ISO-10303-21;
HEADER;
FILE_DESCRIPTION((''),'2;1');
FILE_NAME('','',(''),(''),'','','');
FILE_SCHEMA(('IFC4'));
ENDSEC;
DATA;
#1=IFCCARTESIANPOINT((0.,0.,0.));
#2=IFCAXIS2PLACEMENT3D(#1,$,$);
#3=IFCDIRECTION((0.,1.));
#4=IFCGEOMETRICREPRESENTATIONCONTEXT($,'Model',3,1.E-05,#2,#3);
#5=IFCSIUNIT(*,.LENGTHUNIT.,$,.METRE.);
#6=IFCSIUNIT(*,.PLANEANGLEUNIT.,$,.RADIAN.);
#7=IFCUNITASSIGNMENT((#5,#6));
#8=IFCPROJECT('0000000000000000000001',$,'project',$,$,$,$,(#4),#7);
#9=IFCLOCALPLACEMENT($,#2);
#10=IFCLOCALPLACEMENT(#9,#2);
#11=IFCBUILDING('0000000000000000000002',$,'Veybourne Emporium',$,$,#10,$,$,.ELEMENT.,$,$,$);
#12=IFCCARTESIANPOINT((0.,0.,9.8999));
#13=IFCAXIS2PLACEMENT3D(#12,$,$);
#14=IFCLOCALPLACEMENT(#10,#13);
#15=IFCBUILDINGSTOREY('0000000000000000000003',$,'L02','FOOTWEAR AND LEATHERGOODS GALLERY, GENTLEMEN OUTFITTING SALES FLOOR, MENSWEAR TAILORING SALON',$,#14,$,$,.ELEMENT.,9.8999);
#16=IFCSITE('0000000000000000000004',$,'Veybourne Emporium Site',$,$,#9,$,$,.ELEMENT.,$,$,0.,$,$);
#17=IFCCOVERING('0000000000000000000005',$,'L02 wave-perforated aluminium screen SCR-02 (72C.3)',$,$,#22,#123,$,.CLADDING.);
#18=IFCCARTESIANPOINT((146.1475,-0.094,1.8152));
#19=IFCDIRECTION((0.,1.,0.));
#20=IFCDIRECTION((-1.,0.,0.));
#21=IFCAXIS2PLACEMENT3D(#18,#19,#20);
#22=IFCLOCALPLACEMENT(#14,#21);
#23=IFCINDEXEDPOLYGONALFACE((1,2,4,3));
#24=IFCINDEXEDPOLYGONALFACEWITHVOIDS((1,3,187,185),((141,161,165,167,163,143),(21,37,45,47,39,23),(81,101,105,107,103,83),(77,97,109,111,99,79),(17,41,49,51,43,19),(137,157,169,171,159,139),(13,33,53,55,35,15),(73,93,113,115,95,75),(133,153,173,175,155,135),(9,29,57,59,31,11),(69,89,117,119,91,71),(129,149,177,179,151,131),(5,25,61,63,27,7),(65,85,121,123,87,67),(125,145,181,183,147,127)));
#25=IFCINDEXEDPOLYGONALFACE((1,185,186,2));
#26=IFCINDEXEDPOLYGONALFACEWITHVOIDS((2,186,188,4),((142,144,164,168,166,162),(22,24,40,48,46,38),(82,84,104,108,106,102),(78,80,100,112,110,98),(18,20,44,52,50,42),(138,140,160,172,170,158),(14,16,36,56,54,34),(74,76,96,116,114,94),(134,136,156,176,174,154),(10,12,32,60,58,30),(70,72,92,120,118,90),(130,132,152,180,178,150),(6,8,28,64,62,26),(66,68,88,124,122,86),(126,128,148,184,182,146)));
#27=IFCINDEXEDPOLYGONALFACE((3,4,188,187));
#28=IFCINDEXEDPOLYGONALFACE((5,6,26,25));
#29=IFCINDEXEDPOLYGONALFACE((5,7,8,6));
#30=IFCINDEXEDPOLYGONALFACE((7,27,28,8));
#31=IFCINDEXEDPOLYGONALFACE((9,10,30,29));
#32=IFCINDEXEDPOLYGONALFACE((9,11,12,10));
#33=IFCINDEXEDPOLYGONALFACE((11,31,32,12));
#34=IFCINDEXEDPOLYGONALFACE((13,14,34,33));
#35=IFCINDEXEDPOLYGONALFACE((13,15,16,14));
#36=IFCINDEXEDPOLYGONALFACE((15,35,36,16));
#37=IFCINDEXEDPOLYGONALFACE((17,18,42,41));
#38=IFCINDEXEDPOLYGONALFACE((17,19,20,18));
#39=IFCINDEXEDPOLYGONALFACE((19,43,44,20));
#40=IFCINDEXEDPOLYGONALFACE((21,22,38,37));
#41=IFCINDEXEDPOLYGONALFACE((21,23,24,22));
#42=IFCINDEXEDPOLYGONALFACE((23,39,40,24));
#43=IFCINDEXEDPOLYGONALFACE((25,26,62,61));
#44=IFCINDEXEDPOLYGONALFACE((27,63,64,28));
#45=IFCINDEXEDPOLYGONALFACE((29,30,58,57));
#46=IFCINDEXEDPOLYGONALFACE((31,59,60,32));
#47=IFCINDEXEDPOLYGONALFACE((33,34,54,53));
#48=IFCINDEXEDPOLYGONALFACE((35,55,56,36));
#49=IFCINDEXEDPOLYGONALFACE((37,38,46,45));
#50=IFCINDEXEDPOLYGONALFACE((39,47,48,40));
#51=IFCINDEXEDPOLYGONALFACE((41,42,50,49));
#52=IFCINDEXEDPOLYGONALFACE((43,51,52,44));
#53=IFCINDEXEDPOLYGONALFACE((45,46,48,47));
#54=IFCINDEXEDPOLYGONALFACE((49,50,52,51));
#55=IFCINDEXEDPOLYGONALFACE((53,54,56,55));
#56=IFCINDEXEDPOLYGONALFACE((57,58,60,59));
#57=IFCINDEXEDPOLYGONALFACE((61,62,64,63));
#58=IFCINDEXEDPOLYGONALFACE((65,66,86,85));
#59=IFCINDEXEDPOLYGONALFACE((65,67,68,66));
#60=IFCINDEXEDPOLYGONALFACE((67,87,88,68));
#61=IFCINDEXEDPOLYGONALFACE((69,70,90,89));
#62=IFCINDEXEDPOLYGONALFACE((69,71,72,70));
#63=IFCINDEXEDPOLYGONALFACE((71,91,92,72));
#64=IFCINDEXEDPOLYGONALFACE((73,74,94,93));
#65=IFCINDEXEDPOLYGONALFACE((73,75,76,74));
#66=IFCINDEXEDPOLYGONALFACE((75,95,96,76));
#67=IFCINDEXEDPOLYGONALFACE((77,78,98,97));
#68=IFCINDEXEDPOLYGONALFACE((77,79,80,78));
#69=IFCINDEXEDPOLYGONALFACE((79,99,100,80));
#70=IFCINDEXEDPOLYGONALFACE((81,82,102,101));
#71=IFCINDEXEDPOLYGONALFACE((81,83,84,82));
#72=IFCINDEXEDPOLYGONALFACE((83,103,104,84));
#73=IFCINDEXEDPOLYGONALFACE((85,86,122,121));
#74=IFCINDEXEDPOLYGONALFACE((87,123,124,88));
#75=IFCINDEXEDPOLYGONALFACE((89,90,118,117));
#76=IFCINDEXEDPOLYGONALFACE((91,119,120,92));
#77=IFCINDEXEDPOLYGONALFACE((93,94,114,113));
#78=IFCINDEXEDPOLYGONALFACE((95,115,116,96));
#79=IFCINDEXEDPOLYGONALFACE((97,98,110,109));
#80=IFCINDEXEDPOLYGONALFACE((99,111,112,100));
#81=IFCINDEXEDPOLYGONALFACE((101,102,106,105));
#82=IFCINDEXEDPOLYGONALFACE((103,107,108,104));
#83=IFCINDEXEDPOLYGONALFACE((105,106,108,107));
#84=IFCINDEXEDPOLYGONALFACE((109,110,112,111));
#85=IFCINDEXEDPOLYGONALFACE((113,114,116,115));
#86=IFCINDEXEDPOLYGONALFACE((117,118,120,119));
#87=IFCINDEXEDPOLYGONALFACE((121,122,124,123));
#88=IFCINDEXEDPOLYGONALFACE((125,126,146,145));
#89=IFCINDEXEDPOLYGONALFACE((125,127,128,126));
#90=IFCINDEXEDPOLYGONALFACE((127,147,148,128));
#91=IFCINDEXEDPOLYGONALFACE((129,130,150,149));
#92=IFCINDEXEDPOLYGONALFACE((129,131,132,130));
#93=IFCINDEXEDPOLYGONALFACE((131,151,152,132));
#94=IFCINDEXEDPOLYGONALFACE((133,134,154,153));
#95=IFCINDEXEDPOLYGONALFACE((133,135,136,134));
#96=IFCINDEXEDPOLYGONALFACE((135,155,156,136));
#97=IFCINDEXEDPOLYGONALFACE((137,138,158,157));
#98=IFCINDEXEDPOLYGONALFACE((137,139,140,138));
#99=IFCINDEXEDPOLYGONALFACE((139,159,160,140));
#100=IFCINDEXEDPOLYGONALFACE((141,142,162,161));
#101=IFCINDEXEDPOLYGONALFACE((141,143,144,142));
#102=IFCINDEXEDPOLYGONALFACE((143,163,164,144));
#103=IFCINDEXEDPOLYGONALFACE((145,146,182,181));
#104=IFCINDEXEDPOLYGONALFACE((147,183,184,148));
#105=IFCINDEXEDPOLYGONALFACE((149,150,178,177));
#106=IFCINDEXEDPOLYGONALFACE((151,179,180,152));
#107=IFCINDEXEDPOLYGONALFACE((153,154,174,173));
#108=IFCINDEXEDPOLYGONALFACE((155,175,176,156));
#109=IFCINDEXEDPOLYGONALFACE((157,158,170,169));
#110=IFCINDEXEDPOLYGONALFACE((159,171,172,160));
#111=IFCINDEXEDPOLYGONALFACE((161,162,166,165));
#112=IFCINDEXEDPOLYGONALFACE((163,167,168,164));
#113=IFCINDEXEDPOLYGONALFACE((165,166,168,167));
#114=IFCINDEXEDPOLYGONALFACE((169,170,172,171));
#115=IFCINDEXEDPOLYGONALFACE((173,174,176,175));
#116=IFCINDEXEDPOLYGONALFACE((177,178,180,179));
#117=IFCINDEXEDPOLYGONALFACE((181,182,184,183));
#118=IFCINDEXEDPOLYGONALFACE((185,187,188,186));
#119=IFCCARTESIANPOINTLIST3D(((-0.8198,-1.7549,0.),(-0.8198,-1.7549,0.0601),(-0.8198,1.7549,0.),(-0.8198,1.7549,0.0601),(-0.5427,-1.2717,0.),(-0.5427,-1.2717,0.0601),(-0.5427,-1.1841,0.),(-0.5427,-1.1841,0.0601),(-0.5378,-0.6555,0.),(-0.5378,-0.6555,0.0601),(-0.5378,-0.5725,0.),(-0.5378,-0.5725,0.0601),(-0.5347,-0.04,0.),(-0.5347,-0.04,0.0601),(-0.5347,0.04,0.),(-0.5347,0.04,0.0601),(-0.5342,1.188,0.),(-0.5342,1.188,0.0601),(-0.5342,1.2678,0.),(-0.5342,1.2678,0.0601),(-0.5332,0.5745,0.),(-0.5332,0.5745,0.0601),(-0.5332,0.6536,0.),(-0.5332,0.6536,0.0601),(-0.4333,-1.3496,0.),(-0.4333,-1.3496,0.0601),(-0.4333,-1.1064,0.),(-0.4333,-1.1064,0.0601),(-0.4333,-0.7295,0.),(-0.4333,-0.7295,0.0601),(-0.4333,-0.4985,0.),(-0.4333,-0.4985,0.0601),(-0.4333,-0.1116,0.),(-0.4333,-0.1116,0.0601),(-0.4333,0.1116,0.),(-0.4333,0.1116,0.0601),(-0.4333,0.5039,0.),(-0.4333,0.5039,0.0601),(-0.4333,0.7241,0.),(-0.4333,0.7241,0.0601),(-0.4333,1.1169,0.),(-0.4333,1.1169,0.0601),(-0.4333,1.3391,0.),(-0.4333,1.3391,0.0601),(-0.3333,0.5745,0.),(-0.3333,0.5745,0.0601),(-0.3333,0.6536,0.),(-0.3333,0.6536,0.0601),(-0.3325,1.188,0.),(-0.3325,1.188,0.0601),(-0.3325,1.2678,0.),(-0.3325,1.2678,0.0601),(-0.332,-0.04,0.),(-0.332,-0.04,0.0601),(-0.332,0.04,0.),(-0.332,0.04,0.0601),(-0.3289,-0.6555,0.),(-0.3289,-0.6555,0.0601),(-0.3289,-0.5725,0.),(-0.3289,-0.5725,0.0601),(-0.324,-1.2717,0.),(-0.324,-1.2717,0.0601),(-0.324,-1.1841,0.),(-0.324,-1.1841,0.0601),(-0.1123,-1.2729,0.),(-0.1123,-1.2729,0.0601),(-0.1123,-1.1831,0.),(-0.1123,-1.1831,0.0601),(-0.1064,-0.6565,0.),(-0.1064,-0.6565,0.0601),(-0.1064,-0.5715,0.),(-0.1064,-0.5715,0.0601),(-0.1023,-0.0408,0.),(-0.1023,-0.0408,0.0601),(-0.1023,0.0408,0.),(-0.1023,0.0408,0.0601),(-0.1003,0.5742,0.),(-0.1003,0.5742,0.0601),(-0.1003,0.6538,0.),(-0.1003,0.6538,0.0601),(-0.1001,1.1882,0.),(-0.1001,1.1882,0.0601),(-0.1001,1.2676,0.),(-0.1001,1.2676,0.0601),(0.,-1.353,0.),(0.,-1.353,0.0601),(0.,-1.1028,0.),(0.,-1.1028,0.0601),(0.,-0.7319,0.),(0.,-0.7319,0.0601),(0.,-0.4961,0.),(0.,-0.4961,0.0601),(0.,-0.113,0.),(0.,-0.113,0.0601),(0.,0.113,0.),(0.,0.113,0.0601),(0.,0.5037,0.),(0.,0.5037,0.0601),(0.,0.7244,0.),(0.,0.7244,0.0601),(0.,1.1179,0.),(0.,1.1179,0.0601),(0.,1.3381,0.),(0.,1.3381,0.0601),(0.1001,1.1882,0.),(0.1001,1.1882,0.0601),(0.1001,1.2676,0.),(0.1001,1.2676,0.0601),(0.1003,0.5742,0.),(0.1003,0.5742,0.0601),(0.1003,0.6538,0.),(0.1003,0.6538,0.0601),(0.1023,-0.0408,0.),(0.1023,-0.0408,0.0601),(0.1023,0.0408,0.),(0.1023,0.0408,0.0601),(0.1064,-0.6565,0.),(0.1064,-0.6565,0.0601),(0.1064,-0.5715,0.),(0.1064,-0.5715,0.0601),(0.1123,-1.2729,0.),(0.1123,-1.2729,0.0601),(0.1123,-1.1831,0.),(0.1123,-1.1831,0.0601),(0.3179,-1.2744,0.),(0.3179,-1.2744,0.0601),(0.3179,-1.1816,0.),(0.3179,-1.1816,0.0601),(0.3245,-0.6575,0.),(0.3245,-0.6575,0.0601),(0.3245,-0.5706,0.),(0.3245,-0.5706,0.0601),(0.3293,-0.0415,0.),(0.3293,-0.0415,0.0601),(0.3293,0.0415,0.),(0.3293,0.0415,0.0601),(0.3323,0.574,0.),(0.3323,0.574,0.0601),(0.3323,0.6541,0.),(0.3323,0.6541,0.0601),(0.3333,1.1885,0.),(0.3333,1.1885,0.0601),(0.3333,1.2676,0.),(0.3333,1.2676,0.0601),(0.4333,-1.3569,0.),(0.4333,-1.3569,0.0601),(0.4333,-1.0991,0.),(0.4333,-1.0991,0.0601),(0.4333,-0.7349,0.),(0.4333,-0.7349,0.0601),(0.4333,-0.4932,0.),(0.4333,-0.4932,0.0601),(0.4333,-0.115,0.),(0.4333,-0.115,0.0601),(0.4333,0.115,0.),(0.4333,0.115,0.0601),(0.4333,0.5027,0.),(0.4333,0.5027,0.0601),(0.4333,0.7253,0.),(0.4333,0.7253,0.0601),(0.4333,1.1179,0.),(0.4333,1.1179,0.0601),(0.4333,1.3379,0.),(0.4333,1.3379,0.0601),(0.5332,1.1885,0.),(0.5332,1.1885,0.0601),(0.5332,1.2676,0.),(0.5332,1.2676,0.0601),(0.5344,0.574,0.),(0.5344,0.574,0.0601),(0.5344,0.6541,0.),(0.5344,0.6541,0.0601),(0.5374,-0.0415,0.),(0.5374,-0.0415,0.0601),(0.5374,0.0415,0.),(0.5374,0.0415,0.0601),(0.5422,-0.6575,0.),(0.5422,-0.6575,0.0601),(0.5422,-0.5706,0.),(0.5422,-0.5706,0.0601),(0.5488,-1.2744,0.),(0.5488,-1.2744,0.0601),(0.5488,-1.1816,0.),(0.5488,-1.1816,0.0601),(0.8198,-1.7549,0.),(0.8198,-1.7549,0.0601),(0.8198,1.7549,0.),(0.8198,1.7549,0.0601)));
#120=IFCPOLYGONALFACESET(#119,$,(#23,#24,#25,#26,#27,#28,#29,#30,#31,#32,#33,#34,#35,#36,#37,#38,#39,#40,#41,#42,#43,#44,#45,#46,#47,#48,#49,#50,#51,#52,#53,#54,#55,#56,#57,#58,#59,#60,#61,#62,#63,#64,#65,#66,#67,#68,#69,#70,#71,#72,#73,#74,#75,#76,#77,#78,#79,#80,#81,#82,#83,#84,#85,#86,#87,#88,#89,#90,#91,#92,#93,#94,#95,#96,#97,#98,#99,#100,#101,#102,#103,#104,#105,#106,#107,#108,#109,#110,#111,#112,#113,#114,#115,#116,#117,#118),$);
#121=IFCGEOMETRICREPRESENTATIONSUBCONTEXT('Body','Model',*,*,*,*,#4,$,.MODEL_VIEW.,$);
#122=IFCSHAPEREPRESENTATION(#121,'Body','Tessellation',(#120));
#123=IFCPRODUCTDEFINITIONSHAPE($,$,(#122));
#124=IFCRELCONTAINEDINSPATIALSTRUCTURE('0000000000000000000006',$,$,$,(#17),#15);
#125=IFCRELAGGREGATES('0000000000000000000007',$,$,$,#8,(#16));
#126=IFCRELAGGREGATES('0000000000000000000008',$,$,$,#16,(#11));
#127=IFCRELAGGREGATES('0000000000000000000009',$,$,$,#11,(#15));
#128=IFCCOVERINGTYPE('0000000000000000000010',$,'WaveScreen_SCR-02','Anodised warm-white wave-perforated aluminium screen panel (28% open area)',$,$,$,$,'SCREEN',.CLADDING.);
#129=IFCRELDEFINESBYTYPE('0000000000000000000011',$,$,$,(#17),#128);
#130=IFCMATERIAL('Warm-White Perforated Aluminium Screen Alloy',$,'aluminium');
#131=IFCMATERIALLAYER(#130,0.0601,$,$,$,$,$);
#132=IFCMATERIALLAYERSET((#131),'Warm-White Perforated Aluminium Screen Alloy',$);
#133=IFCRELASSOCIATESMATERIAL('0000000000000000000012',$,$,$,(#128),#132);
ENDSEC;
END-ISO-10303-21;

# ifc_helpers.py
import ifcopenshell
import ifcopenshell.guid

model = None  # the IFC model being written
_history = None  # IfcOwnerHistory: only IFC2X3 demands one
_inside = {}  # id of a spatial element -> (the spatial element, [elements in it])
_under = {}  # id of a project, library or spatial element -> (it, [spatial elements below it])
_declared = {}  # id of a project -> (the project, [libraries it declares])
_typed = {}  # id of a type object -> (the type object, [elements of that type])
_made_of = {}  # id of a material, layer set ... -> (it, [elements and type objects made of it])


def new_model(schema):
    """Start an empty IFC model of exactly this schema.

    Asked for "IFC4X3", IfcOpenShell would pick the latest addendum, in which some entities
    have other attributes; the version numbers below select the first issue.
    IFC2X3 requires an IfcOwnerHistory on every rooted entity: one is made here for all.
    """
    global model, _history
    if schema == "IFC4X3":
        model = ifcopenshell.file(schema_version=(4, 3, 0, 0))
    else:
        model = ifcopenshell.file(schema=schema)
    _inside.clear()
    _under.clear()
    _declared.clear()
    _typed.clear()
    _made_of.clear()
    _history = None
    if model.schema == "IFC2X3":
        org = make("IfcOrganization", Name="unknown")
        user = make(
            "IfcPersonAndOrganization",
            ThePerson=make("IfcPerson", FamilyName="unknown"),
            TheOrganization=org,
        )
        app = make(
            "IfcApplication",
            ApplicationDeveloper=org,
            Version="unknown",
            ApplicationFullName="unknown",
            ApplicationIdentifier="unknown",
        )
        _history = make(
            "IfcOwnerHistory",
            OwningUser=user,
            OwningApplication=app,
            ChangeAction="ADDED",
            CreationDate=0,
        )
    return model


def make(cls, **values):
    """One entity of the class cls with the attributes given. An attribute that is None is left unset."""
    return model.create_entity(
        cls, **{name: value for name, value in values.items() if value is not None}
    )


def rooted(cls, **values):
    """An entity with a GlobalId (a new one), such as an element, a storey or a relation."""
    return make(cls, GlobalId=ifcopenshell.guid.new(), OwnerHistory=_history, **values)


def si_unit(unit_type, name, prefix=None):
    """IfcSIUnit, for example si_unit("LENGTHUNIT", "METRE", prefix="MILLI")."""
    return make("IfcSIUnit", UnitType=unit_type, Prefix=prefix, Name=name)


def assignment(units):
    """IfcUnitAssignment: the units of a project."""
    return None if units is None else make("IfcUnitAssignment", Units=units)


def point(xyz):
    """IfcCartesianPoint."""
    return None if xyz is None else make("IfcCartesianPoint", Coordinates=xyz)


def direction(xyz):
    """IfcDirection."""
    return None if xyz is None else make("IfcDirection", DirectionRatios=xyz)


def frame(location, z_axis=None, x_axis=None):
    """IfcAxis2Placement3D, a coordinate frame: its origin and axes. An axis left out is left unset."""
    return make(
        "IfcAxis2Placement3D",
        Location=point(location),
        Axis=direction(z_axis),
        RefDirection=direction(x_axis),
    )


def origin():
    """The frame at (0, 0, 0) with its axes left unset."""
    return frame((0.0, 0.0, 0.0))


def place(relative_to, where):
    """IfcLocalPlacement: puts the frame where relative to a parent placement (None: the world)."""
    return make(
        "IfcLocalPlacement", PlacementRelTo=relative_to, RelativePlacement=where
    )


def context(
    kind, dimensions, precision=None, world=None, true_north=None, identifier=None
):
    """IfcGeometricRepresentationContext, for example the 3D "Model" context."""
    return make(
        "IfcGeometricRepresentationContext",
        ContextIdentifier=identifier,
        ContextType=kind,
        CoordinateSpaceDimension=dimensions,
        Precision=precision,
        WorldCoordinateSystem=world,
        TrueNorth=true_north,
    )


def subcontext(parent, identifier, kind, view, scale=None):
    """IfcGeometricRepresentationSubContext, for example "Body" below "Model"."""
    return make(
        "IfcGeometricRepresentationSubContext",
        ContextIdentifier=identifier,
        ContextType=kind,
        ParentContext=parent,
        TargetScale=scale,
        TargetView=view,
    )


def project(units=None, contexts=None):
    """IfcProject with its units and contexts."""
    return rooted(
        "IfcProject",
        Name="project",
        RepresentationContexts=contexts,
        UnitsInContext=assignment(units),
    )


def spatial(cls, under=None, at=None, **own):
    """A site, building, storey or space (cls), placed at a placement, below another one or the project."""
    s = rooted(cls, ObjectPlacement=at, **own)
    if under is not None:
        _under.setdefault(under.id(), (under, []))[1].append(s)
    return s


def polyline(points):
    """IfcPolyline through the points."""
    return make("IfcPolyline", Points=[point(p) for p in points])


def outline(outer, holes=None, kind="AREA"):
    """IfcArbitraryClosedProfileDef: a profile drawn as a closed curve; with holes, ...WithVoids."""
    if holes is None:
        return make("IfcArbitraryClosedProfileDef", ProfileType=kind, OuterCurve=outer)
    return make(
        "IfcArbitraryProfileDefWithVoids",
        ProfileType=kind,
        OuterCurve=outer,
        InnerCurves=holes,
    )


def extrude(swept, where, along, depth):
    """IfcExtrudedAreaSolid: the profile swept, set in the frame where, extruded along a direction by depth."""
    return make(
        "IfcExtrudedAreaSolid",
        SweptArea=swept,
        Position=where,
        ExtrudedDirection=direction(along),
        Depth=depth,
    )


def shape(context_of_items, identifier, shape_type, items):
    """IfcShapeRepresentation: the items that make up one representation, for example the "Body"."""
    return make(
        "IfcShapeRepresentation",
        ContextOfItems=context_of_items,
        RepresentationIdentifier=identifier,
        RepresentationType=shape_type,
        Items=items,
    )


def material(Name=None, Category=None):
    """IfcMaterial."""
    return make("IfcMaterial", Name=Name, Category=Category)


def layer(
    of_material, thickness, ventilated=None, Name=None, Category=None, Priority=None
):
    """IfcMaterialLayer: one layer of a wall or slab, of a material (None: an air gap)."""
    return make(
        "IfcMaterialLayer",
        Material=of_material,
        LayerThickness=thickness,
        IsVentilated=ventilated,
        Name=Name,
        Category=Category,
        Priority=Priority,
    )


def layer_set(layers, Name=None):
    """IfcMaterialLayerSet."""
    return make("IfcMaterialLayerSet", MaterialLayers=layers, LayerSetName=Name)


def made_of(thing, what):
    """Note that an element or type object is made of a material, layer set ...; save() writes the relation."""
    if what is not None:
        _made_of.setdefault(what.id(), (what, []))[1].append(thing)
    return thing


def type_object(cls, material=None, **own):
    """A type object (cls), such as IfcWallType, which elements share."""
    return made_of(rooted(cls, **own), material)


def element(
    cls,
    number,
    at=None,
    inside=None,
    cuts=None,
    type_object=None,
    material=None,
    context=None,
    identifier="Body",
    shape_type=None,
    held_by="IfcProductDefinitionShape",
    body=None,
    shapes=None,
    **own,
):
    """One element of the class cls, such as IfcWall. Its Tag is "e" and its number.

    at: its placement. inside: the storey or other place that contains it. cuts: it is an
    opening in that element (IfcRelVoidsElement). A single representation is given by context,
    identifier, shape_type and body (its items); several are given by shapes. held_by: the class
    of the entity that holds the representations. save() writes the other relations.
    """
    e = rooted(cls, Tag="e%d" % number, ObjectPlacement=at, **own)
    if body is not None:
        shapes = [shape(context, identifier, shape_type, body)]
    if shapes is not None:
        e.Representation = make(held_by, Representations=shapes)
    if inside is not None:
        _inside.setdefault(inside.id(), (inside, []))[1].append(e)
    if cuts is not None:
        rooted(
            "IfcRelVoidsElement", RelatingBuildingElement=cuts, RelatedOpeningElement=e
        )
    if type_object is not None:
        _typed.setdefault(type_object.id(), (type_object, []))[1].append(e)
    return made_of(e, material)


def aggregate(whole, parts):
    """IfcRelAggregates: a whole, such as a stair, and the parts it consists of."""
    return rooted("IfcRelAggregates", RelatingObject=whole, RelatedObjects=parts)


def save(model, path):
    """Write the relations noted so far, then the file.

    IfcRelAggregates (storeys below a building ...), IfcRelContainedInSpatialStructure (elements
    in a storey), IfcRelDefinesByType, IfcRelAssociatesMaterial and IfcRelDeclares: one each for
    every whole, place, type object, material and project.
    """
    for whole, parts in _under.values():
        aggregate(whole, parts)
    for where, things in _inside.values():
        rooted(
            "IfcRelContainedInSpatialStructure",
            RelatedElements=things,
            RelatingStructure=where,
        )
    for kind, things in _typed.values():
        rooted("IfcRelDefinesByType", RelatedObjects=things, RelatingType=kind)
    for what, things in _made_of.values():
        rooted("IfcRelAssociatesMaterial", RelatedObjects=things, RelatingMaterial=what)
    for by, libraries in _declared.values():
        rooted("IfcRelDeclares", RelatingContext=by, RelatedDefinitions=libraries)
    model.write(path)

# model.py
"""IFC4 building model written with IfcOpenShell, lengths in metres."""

from ifc_helpers import new_model, si_unit, direction, frame, origin, place, context, subcontext, project, spatial, polyline, outline, extrude, material, layer, layer_set, type_object, element, save


model = new_model("IFC4")

# Units and contexts
model_context = context("Model", 3, precision=1e-05, world=origin(), true_north=direction((0.0, 1.0)))
body_context = subcontext(model_context, "Body", "Model", "MODEL_VIEW")
ifc_project = project(units=[si_unit("LENGTHUNIT", "METRE"), si_unit("PLANEANGLEUNIT", "RADIAN")], contexts=[model_context])

# Site, building, storey
site_placement = place(None, origin())
site = spatial("IfcSite", under=ifc_project, at=site_placement, Name="Veybourne Emporium Site", CompositionType="ELEMENT", RefElevation=0.0)
building_placement = place(site_placement, origin())
building = spatial("IfcBuilding", under=site, at=building_placement, Name="Veybourne Emporium", CompositionType="ELEMENT")
storey_placement = place(building_placement, frame((0.0, 0.0, 9.8999)))
storey = spatial("IfcBuildingStorey", under=building, at=storey_placement, Name="L02", Description="FOOTWEAR AND LEATHERGOODS GALLERY, GENTLEMEN OUTFITTING SALES FLOOR, MENSWEAR TAILORING SALON", CompositionType="ELEMENT", Elevation=9.8999)

# Covering
ifc_material_1 = material(Name="Warm-White Perforated Aluminium Screen Alloy", Category="aluminium")
ifc_layer_1 = layer(ifc_material_1, 0.0601)
ifc_layer_set_1 = layer_set([ifc_layer_1], Name="Warm-White Perforated Aluminium Screen Alloy")
covering_type_1 = type_object("IfcCoveringType", Name="WaveScreen_SCR-02", Description="Anodised warm-white wave-perforated aluminium screen panel (28% open area)", ElementType="SCREEN", PredefinedType="CLADDING", material=ifc_layer_set_1)
covering_1_placement = place(storey_placement, frame((146.1475, -0.094, 1.8152), z_axis=(0.0, 1.0, 0.0), x_axis=(-1.0, 0.0, 0.0)))
element("IfcCovering", 1, at=covering_1_placement, inside=storey, type_object=covering_type_1, Name="L02 wave-perforated aluminium screen SCR-02 (72C.3)", PredefinedType="CLADDING", context=body_context, shape_type="SweptSolid", body=[
    extrude(outline(polyline([(-0.8198, -1.7549), (0.8198, -1.7549), (0.8198, 1.7549), (-0.8198, 1.7549), (-0.8198, -1.7549)]), holes=[polyline([(-0.4333, -1.1064), (-0.324, -1.1841), (-0.324, -1.2717), (-0.4333, -1.3496), (-0.5427, -1.2717), (-0.5427, -1.1841), (-0.4333, -1.1064)]), polyline([(-0.4333, -0.4985), (-0.3289, -0.5725), (-0.3289, -0.6555), (-0.4333, -0.7295), (-0.5378, -0.6555), (-0.5378, -0.5725), (-0.4333, -0.4985)]), polyline([(-0.4333, 0.1116), (-0.332, 0.04), (-0.332, -0.04), (-0.4333, -0.1116), (-0.5347, -0.04), (-0.5347, 0.04), (-0.4333, 0.1116)]), polyline([(-0.4333, 0.7241), (-0.3333, 0.6536), (-0.3333, 0.5745), (-0.4333, 0.5039), (-0.5332, 0.5745), (-0.5332, 0.6536), (-0.4333, 0.7241)]), polyline([(-0.4333, 1.3391), (-0.3325, 1.2678), (-0.3325, 1.188), (-0.4333, 1.1169), (-0.5342, 1.188), (-0.5342, 1.2678), (-0.4333, 1.3391)]), polyline([(0.0, -1.1028), (0.1123, -1.1831), (0.1123, -1.2729), (0.0, -1.353), (-0.1123, -1.2729), (-0.1123, -1.1831), (0.0, -1.1028)]), polyline([(0.0, -0.4961), (0.1064, -0.5715), (0.1064, -0.6565), (0.0, -0.7319), (-0.1064, -0.6565), (-0.1064, -0.5715), (0.0, -0.4961)]), polyline([(0.0, 0.113), (0.1023, 0.0408), (0.1023, -0.0408), (0.0, -0.113), (-0.1023, -0.0408), (-0.1023, 0.0408), (0.0, 0.113)]), polyline([(0.0, 0.7244), (0.1003, 0.6538), (0.1003, 0.5742), (0.0, 0.5037), (-0.1003, 0.5742), (-0.1003, 0.6538), (0.0, 0.7244)]), polyline([(0.0, 1.3381), (0.1001, 1.2676), (0.1001, 1.1882), (0.0, 1.1179), (-0.1001, 1.1882), (-0.1001, 1.2676), (0.0, 1.3381)]), polyline([(0.4333, -1.0991), (0.5488, -1.1816), (0.5488, -1.2744), (0.4333, -1.3569), (0.3179, -1.2744), (0.3179, -1.1816), (0.4333, -1.0991)]), polyline([(0.4333, -0.4932), (0.5422, -0.5706), (0.5422, -0.6575), (0.4333, -0.7349), (0.3245, -0.6575), (0.3245, -0.5706), (0.4333, -0.4932)]), polyline([(0.4333, 0.115), (0.5374, 0.0415), (0.5374, -0.0415), (0.4333, -0.115), (0.3293, -0.0415), (0.3293, 0.0415), (0.4333, 0.115)]), polyline([(0.4333, 0.7253), (0.5344, 0.6541), (0.5344, 0.574), (0.4333, 0.5027), (0.3323, 0.574), (0.3323, 0.6541), (0.4333, 0.7253)]), polyline([(0.4333, 1.3379), (0.5332, 1.2676), (0.5332, 1.1885), (0.4333, 1.1179), (0.3333, 1.1885), (0.3333, 1.2676), (0.4333, 1.3379)])]), origin(), (0.0, 0.0, 1.0), 0.0601),
])

save(model, "model.ifc")
